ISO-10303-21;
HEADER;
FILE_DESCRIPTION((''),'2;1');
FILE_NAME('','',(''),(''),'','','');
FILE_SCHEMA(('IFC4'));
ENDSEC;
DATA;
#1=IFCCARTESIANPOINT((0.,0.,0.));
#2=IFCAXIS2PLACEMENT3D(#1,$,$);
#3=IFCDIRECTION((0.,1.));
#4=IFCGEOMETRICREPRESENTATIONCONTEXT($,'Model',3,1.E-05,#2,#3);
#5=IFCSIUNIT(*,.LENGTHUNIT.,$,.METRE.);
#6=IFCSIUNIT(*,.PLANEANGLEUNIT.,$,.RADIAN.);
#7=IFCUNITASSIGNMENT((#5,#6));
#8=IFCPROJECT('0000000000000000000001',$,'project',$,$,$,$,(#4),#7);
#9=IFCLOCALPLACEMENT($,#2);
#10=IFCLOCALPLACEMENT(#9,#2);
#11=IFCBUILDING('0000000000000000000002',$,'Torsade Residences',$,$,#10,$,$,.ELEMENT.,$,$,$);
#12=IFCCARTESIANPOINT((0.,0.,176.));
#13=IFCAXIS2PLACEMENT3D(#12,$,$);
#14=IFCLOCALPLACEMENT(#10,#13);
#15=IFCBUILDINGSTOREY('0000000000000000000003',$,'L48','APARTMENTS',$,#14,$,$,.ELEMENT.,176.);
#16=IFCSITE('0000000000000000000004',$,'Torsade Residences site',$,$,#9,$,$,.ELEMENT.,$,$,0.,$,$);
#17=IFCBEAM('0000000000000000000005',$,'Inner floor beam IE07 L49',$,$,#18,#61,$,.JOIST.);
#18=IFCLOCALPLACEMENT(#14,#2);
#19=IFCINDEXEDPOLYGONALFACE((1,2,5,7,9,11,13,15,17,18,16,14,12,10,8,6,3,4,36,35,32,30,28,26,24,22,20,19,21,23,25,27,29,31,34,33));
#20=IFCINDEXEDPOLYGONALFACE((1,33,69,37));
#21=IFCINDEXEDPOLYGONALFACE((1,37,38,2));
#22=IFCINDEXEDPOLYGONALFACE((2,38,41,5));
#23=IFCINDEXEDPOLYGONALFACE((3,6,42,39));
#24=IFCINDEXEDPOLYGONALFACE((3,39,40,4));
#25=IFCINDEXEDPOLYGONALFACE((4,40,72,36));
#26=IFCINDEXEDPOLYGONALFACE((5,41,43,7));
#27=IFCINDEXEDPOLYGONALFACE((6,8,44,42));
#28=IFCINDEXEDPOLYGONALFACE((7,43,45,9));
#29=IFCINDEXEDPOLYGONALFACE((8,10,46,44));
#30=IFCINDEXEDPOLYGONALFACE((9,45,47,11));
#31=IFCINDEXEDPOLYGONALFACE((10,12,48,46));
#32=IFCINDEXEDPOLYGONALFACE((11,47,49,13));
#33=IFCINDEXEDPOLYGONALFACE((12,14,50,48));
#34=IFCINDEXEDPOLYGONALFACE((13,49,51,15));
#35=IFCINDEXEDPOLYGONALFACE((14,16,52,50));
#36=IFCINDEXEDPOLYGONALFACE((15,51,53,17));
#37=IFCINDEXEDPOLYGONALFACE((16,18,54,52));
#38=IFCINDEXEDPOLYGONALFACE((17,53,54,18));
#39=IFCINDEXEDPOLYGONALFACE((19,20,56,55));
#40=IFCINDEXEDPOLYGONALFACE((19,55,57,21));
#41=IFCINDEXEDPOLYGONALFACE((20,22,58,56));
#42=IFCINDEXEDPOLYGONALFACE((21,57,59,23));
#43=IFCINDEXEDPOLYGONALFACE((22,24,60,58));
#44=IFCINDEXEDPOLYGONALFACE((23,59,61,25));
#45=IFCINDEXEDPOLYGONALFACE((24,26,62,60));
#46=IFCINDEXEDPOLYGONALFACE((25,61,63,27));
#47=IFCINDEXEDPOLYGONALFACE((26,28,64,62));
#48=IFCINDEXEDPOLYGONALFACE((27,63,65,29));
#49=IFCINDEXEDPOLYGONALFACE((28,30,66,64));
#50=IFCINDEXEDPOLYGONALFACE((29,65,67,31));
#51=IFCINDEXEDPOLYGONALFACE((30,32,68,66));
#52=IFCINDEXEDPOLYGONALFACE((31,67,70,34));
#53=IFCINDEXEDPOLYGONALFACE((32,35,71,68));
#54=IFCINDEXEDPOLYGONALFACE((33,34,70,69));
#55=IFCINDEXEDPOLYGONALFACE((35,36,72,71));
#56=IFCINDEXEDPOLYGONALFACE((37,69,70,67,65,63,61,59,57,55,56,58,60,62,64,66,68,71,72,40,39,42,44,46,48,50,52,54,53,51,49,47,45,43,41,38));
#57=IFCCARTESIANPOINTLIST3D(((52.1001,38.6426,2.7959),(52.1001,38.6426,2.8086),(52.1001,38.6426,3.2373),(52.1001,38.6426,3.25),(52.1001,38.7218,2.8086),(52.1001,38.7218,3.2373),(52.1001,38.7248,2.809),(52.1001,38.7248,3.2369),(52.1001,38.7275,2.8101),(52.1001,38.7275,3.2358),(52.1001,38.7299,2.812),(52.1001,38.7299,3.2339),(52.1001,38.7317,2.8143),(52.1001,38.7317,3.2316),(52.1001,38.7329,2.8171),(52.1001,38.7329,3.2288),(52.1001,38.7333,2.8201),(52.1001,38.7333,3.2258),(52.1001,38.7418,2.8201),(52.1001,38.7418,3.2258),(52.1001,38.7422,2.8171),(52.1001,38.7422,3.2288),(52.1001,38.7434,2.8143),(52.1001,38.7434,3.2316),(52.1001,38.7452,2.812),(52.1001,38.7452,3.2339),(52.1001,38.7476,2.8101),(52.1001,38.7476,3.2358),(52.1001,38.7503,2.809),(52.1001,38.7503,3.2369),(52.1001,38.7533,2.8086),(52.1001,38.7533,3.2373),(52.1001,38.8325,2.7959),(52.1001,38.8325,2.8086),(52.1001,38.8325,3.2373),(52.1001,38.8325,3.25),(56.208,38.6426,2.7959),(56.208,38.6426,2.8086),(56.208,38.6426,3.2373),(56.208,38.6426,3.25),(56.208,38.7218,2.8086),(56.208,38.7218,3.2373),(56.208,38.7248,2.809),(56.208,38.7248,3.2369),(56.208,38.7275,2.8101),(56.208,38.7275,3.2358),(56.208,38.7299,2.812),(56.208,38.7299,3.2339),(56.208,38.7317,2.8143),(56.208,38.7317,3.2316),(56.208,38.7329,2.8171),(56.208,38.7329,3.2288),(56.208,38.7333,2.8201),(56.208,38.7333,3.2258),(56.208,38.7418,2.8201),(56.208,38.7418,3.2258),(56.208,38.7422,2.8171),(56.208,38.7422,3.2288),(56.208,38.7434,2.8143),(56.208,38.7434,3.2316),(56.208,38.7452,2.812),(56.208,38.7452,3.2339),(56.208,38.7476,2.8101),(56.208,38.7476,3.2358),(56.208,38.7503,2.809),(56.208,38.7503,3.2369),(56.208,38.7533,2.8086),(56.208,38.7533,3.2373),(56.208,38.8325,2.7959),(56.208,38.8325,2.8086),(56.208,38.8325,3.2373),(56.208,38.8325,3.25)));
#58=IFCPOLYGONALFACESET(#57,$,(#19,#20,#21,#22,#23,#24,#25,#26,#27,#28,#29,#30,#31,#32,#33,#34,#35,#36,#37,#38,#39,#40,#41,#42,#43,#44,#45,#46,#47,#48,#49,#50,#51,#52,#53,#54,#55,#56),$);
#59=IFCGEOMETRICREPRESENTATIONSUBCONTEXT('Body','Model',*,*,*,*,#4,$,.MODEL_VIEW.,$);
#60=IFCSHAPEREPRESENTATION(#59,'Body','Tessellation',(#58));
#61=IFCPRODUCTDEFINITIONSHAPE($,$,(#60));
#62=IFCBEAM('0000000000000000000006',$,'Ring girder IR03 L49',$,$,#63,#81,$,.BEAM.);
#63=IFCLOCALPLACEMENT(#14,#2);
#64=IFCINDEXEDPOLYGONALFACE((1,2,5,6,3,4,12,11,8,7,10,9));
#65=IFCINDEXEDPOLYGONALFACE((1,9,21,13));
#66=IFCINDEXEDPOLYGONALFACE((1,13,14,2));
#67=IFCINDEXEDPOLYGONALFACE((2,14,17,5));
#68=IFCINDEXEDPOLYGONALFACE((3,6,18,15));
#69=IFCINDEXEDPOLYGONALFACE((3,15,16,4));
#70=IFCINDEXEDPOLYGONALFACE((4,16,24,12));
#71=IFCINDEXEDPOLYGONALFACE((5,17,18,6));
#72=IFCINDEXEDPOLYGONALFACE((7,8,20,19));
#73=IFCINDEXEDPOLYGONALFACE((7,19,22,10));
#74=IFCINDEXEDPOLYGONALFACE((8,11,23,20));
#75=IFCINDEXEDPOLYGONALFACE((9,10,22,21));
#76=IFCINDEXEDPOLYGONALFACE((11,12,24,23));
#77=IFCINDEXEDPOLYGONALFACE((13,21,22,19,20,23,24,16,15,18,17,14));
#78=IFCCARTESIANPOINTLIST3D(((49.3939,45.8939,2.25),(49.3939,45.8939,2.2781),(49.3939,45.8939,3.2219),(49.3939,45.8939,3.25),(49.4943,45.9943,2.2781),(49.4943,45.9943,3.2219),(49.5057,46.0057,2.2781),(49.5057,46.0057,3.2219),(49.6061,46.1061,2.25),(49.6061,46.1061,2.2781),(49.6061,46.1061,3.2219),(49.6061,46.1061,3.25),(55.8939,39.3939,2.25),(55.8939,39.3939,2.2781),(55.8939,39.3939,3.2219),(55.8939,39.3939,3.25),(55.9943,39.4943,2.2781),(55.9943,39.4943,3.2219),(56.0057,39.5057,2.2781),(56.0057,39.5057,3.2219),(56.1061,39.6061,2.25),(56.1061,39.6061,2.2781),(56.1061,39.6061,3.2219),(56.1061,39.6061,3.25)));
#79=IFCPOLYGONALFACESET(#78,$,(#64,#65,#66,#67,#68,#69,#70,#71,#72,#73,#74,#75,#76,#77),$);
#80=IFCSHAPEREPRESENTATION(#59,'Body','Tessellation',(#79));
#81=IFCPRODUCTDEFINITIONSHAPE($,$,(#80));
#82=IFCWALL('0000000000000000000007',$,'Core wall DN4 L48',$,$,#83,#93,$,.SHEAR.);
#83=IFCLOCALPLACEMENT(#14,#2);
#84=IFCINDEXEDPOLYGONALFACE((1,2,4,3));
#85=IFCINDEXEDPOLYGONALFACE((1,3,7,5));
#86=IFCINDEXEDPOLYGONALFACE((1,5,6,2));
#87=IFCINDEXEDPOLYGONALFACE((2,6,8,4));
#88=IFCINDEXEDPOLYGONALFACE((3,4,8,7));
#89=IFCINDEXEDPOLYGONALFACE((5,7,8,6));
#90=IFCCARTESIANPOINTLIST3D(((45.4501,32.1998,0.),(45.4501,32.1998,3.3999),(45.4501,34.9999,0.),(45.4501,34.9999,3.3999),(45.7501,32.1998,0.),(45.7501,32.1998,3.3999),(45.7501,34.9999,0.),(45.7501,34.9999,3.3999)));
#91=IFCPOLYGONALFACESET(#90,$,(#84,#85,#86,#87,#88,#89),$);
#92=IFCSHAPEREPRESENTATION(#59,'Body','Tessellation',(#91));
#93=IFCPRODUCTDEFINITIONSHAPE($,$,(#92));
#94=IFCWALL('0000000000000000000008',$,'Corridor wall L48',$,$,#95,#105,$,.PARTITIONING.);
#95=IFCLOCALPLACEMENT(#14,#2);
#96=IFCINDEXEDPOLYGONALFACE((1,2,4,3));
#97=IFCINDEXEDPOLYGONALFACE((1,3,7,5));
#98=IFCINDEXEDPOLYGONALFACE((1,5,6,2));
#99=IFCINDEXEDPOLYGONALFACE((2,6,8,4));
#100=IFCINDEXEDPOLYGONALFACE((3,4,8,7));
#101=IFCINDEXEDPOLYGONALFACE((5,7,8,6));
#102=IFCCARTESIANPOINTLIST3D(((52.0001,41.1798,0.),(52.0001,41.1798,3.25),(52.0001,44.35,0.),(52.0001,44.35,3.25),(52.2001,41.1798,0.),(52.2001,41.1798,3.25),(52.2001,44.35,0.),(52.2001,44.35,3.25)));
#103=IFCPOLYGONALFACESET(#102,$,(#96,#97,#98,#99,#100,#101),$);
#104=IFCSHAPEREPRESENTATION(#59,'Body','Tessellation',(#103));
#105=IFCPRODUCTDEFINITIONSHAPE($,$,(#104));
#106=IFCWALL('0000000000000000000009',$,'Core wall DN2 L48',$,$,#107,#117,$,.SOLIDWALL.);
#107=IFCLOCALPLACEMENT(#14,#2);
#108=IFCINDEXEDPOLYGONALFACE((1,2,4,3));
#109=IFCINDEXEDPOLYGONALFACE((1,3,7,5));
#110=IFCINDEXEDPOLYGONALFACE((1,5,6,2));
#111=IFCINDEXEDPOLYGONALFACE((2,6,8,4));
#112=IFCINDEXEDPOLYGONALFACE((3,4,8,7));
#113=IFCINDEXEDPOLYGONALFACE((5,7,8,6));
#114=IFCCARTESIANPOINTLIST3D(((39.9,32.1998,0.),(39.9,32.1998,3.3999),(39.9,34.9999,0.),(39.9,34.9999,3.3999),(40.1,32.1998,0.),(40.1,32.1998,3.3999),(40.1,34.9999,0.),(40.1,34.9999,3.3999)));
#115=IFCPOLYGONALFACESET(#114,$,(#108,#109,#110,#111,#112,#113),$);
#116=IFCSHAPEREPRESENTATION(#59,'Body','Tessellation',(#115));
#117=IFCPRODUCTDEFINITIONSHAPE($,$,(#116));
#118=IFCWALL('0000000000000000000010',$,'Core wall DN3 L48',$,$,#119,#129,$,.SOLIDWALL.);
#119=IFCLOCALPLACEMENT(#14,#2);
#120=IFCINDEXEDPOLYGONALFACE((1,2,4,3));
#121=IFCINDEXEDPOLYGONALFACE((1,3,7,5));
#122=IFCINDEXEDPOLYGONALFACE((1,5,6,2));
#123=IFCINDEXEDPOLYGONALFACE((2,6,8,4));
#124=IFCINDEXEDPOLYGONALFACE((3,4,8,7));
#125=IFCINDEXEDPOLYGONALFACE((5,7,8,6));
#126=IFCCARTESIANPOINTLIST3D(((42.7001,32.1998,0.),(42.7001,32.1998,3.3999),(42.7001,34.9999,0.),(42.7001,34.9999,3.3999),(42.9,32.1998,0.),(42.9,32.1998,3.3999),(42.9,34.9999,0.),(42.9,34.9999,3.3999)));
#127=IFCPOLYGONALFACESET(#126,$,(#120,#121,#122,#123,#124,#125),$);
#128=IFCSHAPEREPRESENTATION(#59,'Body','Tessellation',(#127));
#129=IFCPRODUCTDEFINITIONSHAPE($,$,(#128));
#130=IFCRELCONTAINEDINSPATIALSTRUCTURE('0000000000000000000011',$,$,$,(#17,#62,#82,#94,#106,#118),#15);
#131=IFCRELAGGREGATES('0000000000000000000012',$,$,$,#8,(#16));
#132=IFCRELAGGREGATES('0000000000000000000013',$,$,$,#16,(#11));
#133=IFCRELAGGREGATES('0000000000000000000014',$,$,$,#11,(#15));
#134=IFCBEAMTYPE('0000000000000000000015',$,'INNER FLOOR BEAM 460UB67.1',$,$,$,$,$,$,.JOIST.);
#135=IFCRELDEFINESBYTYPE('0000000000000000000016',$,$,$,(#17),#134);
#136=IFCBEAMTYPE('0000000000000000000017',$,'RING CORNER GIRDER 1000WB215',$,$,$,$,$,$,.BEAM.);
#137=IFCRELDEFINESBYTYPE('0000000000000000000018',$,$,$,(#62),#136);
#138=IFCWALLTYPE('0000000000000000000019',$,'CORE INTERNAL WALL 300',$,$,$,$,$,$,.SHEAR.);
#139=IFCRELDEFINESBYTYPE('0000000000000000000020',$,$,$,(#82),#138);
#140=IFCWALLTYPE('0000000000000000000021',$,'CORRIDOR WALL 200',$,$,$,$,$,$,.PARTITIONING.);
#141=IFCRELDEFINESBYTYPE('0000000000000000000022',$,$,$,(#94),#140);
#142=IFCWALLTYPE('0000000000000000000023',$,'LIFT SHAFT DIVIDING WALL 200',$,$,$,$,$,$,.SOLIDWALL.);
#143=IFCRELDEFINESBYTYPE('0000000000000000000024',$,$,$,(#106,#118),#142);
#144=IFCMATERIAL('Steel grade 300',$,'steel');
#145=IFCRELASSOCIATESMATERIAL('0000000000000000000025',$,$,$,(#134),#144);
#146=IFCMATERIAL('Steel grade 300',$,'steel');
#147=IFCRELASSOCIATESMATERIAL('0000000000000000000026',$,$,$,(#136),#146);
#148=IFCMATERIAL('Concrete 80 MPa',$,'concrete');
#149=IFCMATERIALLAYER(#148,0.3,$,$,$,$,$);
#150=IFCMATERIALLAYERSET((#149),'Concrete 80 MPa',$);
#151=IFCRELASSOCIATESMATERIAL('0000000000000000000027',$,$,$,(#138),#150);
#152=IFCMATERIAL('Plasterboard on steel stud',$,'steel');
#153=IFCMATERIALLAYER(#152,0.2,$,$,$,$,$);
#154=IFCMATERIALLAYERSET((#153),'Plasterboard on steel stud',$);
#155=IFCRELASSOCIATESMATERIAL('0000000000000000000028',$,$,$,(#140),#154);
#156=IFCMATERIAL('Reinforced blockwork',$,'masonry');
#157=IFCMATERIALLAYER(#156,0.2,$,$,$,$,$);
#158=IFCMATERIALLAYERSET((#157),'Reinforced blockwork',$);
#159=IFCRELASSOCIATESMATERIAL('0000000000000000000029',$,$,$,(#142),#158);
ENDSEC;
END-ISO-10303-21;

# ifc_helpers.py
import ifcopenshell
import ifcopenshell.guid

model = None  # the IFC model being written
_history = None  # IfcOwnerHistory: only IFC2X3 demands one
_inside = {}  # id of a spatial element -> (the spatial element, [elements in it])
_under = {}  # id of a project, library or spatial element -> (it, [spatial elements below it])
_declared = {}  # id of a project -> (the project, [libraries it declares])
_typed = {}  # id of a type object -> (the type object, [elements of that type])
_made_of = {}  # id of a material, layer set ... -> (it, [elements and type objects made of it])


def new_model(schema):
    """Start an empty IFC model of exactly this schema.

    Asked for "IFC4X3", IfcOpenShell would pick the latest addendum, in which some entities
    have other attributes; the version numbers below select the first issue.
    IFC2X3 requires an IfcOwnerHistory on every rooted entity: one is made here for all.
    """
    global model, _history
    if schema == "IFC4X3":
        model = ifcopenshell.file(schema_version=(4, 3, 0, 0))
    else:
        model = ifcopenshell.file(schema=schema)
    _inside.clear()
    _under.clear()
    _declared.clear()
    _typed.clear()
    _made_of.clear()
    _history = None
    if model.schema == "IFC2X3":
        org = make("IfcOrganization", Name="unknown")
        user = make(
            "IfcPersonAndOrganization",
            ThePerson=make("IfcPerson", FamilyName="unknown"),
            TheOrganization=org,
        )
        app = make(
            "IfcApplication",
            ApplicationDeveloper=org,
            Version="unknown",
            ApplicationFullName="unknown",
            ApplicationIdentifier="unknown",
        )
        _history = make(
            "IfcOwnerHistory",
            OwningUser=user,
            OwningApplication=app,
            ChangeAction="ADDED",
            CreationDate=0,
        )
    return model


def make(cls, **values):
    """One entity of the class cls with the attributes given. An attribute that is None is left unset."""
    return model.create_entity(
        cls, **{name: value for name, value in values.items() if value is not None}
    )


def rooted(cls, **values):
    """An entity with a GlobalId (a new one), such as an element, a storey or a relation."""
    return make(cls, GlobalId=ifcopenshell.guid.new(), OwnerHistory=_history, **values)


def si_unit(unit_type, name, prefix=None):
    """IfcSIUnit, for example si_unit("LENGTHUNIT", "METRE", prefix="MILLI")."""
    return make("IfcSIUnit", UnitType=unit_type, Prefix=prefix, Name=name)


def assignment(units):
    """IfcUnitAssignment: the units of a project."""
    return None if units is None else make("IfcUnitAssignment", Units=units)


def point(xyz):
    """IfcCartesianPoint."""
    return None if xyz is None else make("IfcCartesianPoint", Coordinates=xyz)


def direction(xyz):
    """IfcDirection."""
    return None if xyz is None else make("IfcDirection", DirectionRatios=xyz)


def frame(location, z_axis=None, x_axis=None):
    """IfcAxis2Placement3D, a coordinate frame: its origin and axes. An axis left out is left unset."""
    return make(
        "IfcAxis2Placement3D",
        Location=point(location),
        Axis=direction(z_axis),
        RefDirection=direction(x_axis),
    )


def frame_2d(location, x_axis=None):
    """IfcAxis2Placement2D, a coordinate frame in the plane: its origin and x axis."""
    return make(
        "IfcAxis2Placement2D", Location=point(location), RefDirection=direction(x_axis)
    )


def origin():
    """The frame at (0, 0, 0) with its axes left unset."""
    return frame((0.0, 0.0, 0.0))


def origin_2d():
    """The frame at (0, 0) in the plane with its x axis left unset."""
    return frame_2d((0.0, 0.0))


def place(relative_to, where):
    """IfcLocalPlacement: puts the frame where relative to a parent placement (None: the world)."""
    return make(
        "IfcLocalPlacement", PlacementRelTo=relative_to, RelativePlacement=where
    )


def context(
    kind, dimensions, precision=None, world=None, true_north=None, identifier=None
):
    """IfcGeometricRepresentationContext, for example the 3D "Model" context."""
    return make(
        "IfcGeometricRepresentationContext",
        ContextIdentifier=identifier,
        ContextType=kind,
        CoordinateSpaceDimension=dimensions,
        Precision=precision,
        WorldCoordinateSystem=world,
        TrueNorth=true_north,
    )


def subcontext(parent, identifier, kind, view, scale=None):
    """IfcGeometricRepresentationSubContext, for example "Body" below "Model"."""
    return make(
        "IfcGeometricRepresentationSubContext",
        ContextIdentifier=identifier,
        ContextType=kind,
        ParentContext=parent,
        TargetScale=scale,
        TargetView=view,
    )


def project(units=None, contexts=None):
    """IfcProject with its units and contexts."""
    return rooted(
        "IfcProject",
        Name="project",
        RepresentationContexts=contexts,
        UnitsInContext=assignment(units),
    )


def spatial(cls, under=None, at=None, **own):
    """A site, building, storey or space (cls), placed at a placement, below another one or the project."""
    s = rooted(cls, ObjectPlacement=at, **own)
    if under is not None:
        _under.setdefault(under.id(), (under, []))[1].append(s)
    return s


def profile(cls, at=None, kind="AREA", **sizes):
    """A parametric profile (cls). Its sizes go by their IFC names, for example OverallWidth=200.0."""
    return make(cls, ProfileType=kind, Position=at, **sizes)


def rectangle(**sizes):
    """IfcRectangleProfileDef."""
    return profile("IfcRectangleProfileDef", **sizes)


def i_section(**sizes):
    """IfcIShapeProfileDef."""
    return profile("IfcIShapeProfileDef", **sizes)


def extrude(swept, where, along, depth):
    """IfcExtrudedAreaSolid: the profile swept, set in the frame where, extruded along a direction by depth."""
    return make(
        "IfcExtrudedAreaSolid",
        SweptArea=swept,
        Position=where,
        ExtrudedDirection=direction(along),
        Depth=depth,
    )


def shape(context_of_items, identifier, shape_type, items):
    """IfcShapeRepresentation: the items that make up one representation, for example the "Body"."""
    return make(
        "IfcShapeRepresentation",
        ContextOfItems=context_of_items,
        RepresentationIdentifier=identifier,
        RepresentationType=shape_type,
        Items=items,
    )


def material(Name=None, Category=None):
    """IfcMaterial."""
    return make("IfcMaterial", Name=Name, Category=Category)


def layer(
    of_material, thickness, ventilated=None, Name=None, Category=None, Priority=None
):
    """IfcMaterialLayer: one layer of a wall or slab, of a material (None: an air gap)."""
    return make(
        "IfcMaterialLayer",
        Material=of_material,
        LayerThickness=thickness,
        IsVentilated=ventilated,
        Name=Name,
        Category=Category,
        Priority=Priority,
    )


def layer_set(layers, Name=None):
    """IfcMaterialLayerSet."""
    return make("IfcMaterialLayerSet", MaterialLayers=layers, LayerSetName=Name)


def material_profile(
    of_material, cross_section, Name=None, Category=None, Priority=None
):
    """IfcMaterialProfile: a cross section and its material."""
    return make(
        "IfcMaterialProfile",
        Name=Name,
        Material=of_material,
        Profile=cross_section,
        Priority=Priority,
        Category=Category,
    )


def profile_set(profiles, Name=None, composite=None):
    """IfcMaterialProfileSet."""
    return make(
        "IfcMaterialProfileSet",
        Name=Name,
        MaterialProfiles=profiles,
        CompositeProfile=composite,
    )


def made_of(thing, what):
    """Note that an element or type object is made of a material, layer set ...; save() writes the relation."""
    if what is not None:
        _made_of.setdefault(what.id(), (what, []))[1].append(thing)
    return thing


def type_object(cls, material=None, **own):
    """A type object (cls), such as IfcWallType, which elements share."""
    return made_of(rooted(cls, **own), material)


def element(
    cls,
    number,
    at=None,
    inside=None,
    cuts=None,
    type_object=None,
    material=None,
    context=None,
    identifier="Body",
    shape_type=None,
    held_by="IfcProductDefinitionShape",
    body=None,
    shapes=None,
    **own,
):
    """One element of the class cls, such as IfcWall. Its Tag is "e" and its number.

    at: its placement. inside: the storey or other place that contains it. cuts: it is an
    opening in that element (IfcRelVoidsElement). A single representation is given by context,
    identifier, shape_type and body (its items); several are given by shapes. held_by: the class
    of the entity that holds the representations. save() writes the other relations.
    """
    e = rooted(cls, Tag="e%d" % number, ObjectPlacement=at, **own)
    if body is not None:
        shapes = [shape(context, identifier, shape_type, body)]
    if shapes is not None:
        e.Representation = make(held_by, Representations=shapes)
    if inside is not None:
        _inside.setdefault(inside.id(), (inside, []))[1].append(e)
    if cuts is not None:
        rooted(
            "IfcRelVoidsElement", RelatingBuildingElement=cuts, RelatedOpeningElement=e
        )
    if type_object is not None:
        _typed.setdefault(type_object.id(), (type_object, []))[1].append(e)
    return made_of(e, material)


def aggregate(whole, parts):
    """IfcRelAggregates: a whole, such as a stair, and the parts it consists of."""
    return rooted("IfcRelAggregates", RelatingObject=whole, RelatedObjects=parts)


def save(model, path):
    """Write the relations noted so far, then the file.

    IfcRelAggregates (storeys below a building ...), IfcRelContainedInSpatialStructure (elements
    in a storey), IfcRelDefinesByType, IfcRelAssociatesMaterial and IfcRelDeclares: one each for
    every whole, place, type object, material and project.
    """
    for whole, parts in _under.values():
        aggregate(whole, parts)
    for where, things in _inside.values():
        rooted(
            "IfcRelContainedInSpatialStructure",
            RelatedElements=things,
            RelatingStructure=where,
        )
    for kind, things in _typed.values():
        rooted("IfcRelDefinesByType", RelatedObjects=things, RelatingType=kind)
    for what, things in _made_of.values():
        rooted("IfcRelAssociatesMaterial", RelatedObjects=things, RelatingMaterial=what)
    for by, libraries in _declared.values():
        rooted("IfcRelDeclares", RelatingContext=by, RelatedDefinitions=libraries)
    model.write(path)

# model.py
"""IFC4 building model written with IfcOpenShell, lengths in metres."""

from ifc_helpers import new_model, si_unit, direction, frame, frame_2d, origin, origin_2d, place, context, subcontext, project, spatial, rectangle, i_section, extrude, material, layer, layer_set, material_profile, profile_set, type_object, element, save


model = new_model("IFC4")

# Units and contexts
model_context = context("Model", 3, precision=1e-05, world=origin(), true_north=direction((0.0, 1.0)))
body_context = subcontext(model_context, "Body", "Model", "MODEL_VIEW")
ifc_project = project(units=[si_unit("LENGTHUNIT", "METRE"), si_unit("PLANEANGLEUNIT", "RADIAN")], contexts=[model_context])

# Site, building, storey
site_placement = place(None, origin())
site = spatial("IfcSite", under=ifc_project, at=site_placement, Name="Torsade Residences site", CompositionType="ELEMENT", RefElevation=0.0)
building_placement = place(site_placement, origin())
building = spatial("IfcBuilding", under=site, at=building_placement, Name="Torsade Residences", CompositionType="ELEMENT")
storey_placement = place(building_placement, frame((0.0, 0.0, 176.0)))
storey = spatial("IfcBuildingStorey", under=building, at=storey_placement, Name="L48", Description="APARTMENTS", CompositionType="ELEMENT", Elevation=176.0)

# Beams
ifc_material_1 = material(Name="Steel grade 300", Category="steel")
ifc_material_profile_1 = material_profile(ifc_material_1, i_section(OverallWidth=0.1899, OverallDepth=0.4541, WebThickness=0.0085, FlangeThickness=0.0127, FilletRadius=0.0115, at=origin_2d()), Name="460UB67.1")
ifc_profile_set_1 = profile_set([ifc_material_profile_1], Name="Steel grade 300")
beam_type_1 = type_object("IfcBeamType", Name="INNER FLOOR BEAM 460UB67.1", PredefinedType="JOIST", material=ifc_profile_set_1)
beam_1_placement = place(storey_placement, frame((52.1001, 38.7375, 3.0229), z_axis=(1.0, 0.0, 0.0), x_axis=(0.0, 1.0, 0.0)))
element("IfcBeam", 1, at=beam_1_placement, inside=storey, type_object=beam_type_1, Name="Inner floor beam IE07 L49", PredefinedType="JOIST", context=body_context, shape_type="SweptSolid", body=[
    extrude(i_section(OverallWidth=0.1899, OverallDepth=0.4541, WebThickness=0.0085, FlangeThickness=0.0127, FilletRadius=0.0115, at=origin_2d()), origin(), (0.0, 0.0, 1.0), 4.1079),
])
ifc_material_2 = material(Name="Steel grade 300", Category="steel")
ifc_material_profile_2 = material_profile(ifc_material_2, i_section(OverallWidth=0.3, OverallDepth=1.0, WebThickness=0.0161, FlangeThickness=0.0281, at=origin_2d()), Name="1000WB215")
ifc_profile_set_2 = profile_set([ifc_material_profile_2], Name="Steel grade 300")
beam_type_2 = type_object("IfcBeamType", Name="RING CORNER GIRDER 1000WB215", PredefinedType="BEAM", material=ifc_profile_set_2)
beam_2_placement = place(storey_placement, frame((56.0, 39.5, 2.75), z_axis=(-0.707107, 0.707107, 0.0), x_axis=(-0.707107, -0.707107, 0.0)))
element("IfcBeam", 2, at=beam_2_placement, inside=storey, type_object=beam_type_2, Name="Ring girder IR03 L49", PredefinedType="BEAM", context=body_context, shape_type="SweptSolid", body=[
    extrude(i_section(OverallWidth=0.3, OverallDepth=1.0, WebThickness=0.0161, FlangeThickness=0.0281, at=origin_2d()), origin(), (0.0, 0.0, 1.0), 9.1924),
])

# Walls
ifc_material_3 = material(Name="Concrete 80 MPa", Category="concrete")
ifc_layer_1 = layer(ifc_material_3, 0.3)
ifc_layer_set_1 = layer_set([ifc_layer_1], Name="Concrete 80 MPa")
wall_type_1 = type_object("IfcWallType", Name="CORE INTERNAL WALL 300", PredefinedType="SHEAR", material=ifc_layer_set_1)
wall_1_placement = place(storey_placement, frame((45.6001, 32.2, 0.0), z_axis=(0.0, 0.0, 1.0), x_axis=(0.0, 1.0, 0.0)))
element("IfcWall", 3, at=wall_1_placement, inside=storey, type_object=wall_type_1, Name="Core wall DN4 L48", PredefinedType="SHEAR", context=body_context, shape_type="SweptSolid", body=[
    extrude(rectangle(XDim=2.8, YDim=0.3, at=frame_2d((1.3999, 0.0))), origin(), (0.0, 0.0, 1.0), 3.3999),
])
ifc_material_4 = material(Name="Plasterboard on steel stud", Category="steel")
ifc_layer_2 = layer(ifc_material_4, 0.2)
ifc_layer_set_2 = layer_set([ifc_layer_2], Name="Plasterboard on steel stud")
wall_type_2 = type_object("IfcWallType", Name="CORRIDOR WALL 200", PredefinedType="PARTITIONING", material=ifc_layer_set_2)
wall_2_placement = place(storey_placement, frame((52.1001, 41.1799, 0.0), z_axis=(0.0, 0.0, 1.0), x_axis=(0.0, 1.0, 0.0)))
element("IfcWall", 4, at=wall_2_placement, inside=storey, type_object=wall_type_2, Name="Corridor wall L48", PredefinedType="PARTITIONING", context=body_context, shape_type="SweptSolid", body=[
    extrude(rectangle(XDim=3.1702, YDim=0.2, at=frame_2d((1.585, 0.0))), origin(), (0.0, 0.0, 1.0), 3.25),
])
ifc_material_5 = material(Name="Reinforced blockwork", Category="masonry")
ifc_layer_3 = layer(ifc_material_5, 0.2)
ifc_layer_set_3 = layer_set([ifc_layer_3], Name="Reinforced blockwork")
wall_type_3 = type_object("IfcWallType", Name="LIFT SHAFT DIVIDING WALL 200", PredefinedType="SOLIDWALL", material=ifc_layer_set_3)
for number, where, z_axis, x_axis, name in (
    (5, (40.0, 32.2, 0.0), (0.0, 0.0, 1.0), (0.0, 1.0, 0.0), "Core wall DN2 L48"),
    (6, (42.8, 32.2, 0.0), (0.0, 0.0, 1.0), (0.0, 1.0, 0.0), "Core wall DN3 L48"),
):
    element("IfcWall", number, at=place(storey_placement, frame(where, z_axis=z_axis, x_axis=x_axis)), inside=storey, type_object=wall_type_3, Name=name, PredefinedType="SOLIDWALL", context=body_context, shape_type="SweptSolid", body=[
        extrude(rectangle(XDim=2.8, YDim=0.2, at=frame_2d((1.3999, 0.0))), origin(), (0.0, 0.0, 1.0), 3.3999),
    ])

save(model, "model.ifc")
